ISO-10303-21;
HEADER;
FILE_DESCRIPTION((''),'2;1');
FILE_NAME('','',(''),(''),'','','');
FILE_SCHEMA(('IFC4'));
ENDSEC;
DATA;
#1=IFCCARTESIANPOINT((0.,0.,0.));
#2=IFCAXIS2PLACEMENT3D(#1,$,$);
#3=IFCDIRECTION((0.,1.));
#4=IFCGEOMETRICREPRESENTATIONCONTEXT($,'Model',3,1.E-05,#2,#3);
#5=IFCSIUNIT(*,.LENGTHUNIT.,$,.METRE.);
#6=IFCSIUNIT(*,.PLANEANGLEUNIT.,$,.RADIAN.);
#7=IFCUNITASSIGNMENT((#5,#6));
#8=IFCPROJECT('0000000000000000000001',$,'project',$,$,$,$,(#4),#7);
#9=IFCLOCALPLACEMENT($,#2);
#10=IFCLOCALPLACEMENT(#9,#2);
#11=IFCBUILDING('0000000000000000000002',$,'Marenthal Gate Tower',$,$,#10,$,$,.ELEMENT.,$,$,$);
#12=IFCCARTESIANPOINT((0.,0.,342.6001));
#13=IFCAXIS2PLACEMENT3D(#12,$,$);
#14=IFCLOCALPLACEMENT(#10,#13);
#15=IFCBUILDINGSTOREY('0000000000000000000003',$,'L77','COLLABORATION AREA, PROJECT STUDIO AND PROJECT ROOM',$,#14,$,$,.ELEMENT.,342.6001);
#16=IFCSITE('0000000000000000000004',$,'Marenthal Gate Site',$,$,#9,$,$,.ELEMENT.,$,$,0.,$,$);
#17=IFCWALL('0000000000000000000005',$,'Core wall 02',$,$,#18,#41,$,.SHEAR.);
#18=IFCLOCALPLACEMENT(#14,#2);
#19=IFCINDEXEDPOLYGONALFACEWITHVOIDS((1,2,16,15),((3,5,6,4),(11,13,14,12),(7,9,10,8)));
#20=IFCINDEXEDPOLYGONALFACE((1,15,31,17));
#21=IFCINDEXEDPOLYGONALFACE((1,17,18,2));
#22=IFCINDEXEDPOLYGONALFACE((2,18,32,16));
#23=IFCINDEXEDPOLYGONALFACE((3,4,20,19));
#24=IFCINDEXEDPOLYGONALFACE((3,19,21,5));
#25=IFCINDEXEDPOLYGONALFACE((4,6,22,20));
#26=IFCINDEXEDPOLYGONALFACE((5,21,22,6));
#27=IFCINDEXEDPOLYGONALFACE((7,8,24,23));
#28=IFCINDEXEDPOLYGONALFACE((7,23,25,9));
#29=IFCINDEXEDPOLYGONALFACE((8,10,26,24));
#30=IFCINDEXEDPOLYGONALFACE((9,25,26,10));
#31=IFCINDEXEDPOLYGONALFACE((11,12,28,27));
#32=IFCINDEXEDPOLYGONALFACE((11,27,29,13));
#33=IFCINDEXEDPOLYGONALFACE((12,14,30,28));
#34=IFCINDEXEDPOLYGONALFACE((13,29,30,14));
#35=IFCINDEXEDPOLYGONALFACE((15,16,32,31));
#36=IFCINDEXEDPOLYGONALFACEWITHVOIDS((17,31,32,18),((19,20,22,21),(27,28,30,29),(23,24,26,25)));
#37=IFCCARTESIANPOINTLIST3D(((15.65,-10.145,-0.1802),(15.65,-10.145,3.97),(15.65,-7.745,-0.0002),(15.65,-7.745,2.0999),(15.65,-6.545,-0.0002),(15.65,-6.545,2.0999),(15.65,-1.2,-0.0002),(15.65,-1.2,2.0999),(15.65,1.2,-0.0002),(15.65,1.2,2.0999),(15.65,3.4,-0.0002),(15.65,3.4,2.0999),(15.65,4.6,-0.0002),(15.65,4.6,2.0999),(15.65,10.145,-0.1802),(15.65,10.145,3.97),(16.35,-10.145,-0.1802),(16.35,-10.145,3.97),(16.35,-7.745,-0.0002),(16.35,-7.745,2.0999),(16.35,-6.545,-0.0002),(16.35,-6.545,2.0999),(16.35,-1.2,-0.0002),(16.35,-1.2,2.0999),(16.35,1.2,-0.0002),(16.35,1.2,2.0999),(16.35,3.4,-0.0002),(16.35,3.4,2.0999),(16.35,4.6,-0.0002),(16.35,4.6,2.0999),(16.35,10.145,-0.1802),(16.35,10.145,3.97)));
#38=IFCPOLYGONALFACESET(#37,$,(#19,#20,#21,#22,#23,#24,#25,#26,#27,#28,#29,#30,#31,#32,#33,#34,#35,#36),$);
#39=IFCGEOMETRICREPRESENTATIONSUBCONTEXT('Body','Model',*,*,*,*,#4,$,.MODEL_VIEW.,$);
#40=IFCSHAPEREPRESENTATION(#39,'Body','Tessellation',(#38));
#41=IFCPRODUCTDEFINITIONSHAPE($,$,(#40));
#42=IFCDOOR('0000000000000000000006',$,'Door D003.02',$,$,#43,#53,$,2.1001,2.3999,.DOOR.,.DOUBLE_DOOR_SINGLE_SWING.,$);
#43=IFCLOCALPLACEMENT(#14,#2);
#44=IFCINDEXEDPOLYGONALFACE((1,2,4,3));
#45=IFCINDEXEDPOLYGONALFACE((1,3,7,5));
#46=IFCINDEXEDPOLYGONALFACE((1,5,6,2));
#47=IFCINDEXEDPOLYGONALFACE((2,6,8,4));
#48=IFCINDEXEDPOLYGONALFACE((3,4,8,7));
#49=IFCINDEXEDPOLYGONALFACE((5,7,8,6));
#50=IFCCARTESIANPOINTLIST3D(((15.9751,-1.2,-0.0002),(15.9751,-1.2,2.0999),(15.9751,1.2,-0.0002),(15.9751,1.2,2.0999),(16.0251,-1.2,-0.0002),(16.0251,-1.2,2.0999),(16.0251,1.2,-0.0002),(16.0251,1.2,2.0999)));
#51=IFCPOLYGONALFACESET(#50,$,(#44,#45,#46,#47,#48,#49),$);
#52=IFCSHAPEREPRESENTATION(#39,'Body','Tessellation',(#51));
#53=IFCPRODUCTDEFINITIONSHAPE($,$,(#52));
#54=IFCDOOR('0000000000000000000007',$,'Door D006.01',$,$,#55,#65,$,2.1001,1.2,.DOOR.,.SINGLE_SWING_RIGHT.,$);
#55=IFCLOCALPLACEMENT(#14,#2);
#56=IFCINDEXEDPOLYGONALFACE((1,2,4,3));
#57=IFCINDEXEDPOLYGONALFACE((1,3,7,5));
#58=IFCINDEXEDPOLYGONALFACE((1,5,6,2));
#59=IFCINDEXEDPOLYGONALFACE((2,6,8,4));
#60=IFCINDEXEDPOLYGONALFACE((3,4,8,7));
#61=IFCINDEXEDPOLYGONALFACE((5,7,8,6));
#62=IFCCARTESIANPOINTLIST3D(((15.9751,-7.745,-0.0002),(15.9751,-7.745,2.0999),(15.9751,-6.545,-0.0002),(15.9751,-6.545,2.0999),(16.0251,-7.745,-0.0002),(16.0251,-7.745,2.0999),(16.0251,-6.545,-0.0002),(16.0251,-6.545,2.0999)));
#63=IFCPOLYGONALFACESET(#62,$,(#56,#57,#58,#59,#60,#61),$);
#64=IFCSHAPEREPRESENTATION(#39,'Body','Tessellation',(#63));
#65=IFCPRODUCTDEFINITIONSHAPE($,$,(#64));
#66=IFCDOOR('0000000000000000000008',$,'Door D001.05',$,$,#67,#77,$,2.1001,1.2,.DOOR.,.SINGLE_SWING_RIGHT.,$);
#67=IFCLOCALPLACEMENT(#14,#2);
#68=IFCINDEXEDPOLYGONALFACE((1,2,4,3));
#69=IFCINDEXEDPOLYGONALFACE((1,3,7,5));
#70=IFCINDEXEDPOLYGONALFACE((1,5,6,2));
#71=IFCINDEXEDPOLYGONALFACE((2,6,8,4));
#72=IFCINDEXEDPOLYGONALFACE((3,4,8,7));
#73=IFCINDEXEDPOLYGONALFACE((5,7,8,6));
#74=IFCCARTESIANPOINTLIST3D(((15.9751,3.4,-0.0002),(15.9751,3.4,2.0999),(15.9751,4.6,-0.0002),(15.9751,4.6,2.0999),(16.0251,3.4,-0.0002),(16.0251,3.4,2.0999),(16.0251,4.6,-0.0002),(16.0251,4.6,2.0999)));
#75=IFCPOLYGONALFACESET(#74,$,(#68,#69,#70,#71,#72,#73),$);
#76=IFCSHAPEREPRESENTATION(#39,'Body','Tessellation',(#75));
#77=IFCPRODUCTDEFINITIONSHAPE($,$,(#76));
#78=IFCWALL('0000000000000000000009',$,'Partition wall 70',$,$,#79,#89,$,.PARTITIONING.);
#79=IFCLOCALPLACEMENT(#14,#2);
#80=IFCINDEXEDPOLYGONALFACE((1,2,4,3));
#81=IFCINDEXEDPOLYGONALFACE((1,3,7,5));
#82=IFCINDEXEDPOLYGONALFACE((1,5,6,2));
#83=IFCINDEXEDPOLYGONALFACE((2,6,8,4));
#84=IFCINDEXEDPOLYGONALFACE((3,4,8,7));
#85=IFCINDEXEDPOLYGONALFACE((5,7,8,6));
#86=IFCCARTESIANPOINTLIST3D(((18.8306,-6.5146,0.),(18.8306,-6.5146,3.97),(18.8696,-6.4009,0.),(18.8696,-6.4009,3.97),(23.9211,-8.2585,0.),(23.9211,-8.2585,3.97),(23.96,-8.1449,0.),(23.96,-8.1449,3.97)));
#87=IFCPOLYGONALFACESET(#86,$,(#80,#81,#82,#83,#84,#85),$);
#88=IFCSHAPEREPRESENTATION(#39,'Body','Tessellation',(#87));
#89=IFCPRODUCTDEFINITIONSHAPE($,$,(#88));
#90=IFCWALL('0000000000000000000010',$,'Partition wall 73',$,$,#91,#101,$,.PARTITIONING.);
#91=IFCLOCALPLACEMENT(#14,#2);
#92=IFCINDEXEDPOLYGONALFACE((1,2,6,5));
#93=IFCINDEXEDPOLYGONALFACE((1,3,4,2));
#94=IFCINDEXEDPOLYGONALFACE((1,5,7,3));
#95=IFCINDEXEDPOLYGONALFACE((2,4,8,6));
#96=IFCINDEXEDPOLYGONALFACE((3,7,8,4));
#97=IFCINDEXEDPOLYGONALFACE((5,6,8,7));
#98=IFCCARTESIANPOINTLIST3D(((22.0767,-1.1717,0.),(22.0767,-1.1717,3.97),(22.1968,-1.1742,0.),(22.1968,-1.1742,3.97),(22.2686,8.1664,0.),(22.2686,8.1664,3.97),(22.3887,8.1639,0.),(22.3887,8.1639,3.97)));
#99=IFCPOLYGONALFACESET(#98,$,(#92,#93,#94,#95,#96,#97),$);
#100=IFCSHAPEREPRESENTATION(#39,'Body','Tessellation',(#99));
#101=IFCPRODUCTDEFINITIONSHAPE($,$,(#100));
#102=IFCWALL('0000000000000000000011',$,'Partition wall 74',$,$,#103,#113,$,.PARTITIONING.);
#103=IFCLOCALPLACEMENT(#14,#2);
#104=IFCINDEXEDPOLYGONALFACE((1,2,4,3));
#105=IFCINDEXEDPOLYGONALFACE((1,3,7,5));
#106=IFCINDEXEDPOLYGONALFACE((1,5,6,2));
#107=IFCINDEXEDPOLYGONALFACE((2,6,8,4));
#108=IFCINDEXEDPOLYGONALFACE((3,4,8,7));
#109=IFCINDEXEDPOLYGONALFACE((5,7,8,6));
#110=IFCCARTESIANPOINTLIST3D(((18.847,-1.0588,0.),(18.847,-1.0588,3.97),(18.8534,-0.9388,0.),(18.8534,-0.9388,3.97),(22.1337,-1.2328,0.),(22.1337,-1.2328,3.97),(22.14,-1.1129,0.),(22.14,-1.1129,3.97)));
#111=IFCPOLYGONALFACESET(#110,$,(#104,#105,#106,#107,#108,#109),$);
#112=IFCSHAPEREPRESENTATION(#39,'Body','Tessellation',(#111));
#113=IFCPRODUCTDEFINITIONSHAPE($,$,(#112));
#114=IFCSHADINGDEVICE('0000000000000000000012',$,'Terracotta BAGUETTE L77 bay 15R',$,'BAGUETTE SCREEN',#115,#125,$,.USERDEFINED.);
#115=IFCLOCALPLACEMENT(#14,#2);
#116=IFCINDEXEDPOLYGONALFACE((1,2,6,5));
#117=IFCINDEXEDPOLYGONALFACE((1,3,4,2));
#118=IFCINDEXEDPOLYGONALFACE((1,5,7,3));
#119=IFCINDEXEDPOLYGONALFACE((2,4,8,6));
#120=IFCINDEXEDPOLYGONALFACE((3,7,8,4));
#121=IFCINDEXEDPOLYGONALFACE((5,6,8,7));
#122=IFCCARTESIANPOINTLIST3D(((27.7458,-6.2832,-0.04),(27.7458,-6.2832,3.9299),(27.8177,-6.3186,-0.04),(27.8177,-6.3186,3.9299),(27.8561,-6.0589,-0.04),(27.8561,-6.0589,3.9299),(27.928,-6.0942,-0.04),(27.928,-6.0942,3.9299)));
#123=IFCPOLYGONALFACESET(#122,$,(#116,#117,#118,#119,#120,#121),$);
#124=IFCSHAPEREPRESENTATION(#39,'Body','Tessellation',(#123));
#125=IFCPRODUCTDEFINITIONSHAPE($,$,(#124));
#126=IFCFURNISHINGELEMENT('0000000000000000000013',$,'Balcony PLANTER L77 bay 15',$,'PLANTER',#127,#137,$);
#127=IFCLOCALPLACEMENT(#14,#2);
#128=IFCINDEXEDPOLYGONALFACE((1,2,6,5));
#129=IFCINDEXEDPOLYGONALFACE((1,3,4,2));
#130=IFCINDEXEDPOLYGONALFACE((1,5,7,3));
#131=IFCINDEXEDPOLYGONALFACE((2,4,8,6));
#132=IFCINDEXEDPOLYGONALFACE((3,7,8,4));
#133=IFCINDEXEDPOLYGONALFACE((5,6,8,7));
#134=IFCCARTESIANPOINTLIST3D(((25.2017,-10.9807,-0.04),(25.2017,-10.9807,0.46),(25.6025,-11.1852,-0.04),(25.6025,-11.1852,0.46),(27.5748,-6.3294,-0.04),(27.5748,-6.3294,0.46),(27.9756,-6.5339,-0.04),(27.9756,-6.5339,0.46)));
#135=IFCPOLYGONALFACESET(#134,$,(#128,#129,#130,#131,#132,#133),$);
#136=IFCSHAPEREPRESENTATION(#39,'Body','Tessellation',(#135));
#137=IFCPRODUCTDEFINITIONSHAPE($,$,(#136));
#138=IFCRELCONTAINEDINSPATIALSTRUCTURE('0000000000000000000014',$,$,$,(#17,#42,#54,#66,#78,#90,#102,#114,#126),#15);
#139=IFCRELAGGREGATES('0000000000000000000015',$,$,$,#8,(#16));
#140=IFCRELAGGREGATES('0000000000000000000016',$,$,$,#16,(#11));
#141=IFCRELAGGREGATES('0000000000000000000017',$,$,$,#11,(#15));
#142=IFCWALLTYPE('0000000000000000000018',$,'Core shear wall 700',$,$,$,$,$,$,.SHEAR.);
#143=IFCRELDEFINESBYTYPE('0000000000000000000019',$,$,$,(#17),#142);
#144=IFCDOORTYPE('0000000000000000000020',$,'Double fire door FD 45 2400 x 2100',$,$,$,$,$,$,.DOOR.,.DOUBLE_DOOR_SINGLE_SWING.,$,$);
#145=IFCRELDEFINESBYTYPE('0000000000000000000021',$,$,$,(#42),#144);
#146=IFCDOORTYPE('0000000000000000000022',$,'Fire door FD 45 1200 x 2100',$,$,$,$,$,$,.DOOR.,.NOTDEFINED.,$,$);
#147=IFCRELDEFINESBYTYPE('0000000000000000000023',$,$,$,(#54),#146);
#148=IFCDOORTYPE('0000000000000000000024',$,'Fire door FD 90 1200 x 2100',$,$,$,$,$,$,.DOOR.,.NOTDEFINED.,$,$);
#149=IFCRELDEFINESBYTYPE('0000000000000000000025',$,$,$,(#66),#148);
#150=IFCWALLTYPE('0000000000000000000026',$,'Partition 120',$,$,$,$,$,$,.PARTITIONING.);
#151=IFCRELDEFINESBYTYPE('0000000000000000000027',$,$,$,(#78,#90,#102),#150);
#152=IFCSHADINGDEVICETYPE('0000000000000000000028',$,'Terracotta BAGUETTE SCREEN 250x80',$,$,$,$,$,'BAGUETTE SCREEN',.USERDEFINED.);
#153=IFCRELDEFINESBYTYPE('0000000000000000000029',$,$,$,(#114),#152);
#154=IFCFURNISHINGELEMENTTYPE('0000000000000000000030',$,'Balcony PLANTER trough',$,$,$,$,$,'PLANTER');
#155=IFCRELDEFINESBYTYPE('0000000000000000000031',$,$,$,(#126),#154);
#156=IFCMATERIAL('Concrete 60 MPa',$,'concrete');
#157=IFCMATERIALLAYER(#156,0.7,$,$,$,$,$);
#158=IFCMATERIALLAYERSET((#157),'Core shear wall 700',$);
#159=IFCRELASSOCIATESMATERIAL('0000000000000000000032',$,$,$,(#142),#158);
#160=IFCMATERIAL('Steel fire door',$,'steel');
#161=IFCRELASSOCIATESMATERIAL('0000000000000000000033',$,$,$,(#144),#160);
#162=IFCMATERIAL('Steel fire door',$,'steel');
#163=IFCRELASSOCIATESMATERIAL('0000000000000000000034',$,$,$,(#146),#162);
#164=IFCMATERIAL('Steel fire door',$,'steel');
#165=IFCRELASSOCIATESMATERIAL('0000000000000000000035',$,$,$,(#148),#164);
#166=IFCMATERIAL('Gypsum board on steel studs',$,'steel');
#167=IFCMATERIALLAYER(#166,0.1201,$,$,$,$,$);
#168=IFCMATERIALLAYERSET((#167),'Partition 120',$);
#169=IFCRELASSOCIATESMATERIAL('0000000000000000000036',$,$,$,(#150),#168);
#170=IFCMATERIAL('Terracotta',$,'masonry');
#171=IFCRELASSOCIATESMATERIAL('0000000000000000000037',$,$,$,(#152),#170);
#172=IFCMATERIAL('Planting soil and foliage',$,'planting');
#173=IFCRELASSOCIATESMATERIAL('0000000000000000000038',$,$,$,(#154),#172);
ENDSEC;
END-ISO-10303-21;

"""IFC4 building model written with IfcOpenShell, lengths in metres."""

from ifc_helpers import new_model, si_unit, direction, frame, frame_2d, origin, origin_2d, place, context, subcontext, project, spatial, rectangle, extrude, material, layer, layer_set, material_profile, profile_set, type_object, element, fill, save


model = new_model("IFC4")

# Units and contexts
model_context = context("Model", 3, precision=1e-05, world=origin(), true_north=direction((0.0, 1.0)))
body_context = subcontext(model_context, "Body", "Model", "MODEL_VIEW")
ifc_project = project(units=[si_unit("LENGTHUNIT", "METRE"), si_unit("PLANEANGLEUNIT", "RADIAN")], contexts=[model_context])

# Site, building, storey
site_placement = place(None, origin())
site = spatial("IfcSite", under=ifc_project, at=site_placement, Name="Marenthal Gate Site", CompositionType="ELEMENT", RefElevation=0.0)
building_placement = place(site_placement, origin())
building = spatial("IfcBuilding", under=site, at=building_placement, Name="Marenthal Gate Tower", CompositionType="ELEMENT")
storey_placement = place(building_placement, frame((0.0, 0.0, 342.6001)))
storey = spatial("IfcBuildingStorey", under=building, at=storey_placement, Name="L77", Description="COLLABORATION AREA, PROJECT STUDIO AND PROJECT ROOM", CompositionType="ELEMENT", Elevation=342.6001)

# Wall, openings, doors
ifc_material_1 = material(Name="Concrete 60 MPa", Category="concrete")
ifc_layer_1 = layer(ifc_material_1, 0.7)
ifc_layer_set_1 = layer_set([ifc_layer_1], Name="Core shear wall 700")
wall_type_1 = type_object("IfcWallType", Name="Core shear wall 700", PredefinedType="SHEAR", material=ifc_layer_set_1)
wall_1_placement = place(storey_placement, frame((16.0, -10.145, -0.1802), z_axis=(0.0, 0.0, 1.0), x_axis=(0.0, 1.0, 0.0)))
wall_1 = element("IfcWall", 1, at=wall_1_placement, inside=storey, type_object=wall_type_1, Name="Core wall 02", PredefinedType="SHEAR", context=body_context, shape_type="SweptSolid", body=[
    extrude(rectangle(XDim=20.29, YDim=0.7, at=frame_2d((10.145, 0.0))), origin(), (0.0, 0.0, 1.0), 4.1501),
])
opening_1_placement = place(wall_1_placement, frame((8.9451, 0.0, 0.1799)))
opening_1 = element("IfcOpeningElement", 2, at=opening_1_placement, cuts=wall_1, PredefinedType="OPENING", context=body_context, shape_type="SweptSolid", body=[
    extrude(rectangle(XDim=2.3999, YDim=2.1001, at=frame_2d((1.2, 1.05))), frame((0.0, 0.3599, 0.0), z_axis=(0.0, -1.0, 0.0), x_axis=(1.0, 0.0, 0.0)), (0.0, 0.0, 1.0), 0.72),
])
opening_2_placement = place(wall_1_placement, frame((13.5449, 0.0, 0.1799)))
opening_2 = element("IfcOpeningElement", 3, at=opening_2_placement, cuts=wall_1, PredefinedType="OPENING", context=body_context, shape_type="SweptSolid", body=[
    extrude(rectangle(XDim=1.2, YDim=2.1001, at=frame_2d((0.6001, 1.05))), frame((0.0, 0.3599, 0.0), z_axis=(0.0, -1.0, 0.0), x_axis=(1.0, 0.0, 0.0)), (0.0, 0.0, 1.0), 0.72),
])
opening_3_placement = place(wall_1_placement, frame((2.3999, 0.0, 0.1799)))
opening_3 = element("IfcOpeningElement", 4, at=opening_3_placement, cuts=wall_1, PredefinedType="OPENING", context=body_context, shape_type="SweptSolid", body=[
    extrude(rectangle(XDim=1.2, YDim=2.1001, at=frame_2d((0.6001, 1.05))), frame((0.0, 0.3599, 0.0), z_axis=(0.0, -1.0, 0.0), x_axis=(1.0, 0.0, 0.0)), (0.0, 0.0, 1.0), 0.72),
])
ifc_material_2 = material(Name="Steel fire door", Category="steel")
door_type_1 = type_object("IfcDoorType", Name="Double fire door FD 45 2400 x 2100", OperationType="DOUBLE_DOOR_SINGLE_SWING", PredefinedType="DOOR", material=ifc_material_2)
door_1_placement = place(opening_1_placement, origin())
door_1 = element("IfcDoor", 5, at=door_1_placement, inside=storey, type_object=door_type_1, Name="Door D003.02", OperationType="DOUBLE_DOOR_SINGLE_SWING", OverallHeight=2.1001, OverallWidth=2.3999, PredefinedType="DOOR", context=body_context, shape_type="SweptSolid", body=[
    extrude(rectangle(XDim=2.3999, YDim=2.1001, at=frame_2d((1.2, 1.05))), frame((0.0, 0.0249, 0.0), z_axis=(0.0, -1.0, 0.0), x_axis=(1.0, 0.0, 0.0)), (0.0, 0.0, 1.0), 0.05),
])
fill(opening_1, door_1)
ifc_material_3 = material(Name="Steel fire door", Category="steel")
door_type_2 = type_object("IfcDoorType", Name="Fire door FD 45 1200 x 2100", OperationType="NOTDEFINED", PredefinedType="DOOR", material=ifc_material_3)
door_2_placement = place(opening_3_placement, origin())
door_2 = element("IfcDoor", 6, at=door_2_placement, inside=storey, type_object=door_type_2, Name="Door D006.01", OperationType="SINGLE_SWING_RIGHT", OverallHeight=2.1001, OverallWidth=1.2, PredefinedType="DOOR", context=body_context, shape_type="SweptSolid", body=[
    extrude(rectangle(XDim=1.2, YDim=2.1001, at=frame_2d((0.6001, 1.05))), frame((0.0, 0.0249, 0.0), z_axis=(0.0, -1.0, 0.0), x_axis=(1.0, 0.0, 0.0)), (0.0, 0.0, 1.0), 0.05),
])
fill(opening_3, door_2)
ifc_material_4 = material(Name="Steel fire door", Category="steel")
door_type_3 = type_object("IfcDoorType", Name="Fire door FD 90 1200 x 2100", OperationType="NOTDEFINED", PredefinedType="DOOR", material=ifc_material_4)
door_3_placement = place(opening_2_placement, origin())
door_3 = element("IfcDoor", 7, at=door_3_placement, inside=storey, type_object=door_type_3, Name="Door D001.05", OperationType="SINGLE_SWING_RIGHT", OverallHeight=2.1001, OverallWidth=1.2, PredefinedType="DOOR", context=body_context, shape_type="SweptSolid", body=[
    extrude(rectangle(XDim=1.2, YDim=2.1001, at=frame_2d((0.6001, 1.05))), frame((0.0, 0.0249, 0.0), z_axis=(0.0, -1.0, 0.0), x_axis=(1.0, 0.0, 0.0)), (0.0, 0.0, 1.0), 0.05),
])
fill(opening_2, door_3)

# Walls
ifc_material_5 = material(Name="Gypsum board on steel studs", Category="steel")
ifc_layer_2 = layer(ifc_material_5, 0.1201)
ifc_layer_set_2 = layer_set([ifc_layer_2], Name="Partition 120")
wall_type_2 = type_object("IfcWallType", Name="Partition 120", PredefinedType="PARTITIONING", material=ifc_layer_set_2)
wall_2_placement = place(storey_placement, frame((18.8501, -6.4578, 0.0), z_axis=(0.0, 0.0, 1.0), x_axis=(0.946023, -0.324098, 0.0)))
element("IfcWall", 8, at=wall_2_placement, inside=storey, type_object=wall_type_2, Name="Partition wall 70", PredefinedType="PARTITIONING", context=body_context, shape_type="SweptSolid", body=[
    extrude(rectangle(XDim=5.3809, YDim=0.1201, at=frame_2d((2.6904, 0.0))), origin(), (0.0, 0.0, 1.0), 3.97),
])
wall_3_placement = place(storey_placement, frame((22.1367, -1.1729, 0.0), z_axis=(0.0, 0.0, 1.0), x_axis=(0.020545, 0.999789, 0.0)))
element("IfcWall", 9, at=wall_3_placement, inside=storey, type_object=wall_type_2, Name="Partition wall 73", PredefinedType="PARTITIONING", context=body_context, shape_type="SweptSolid", body=[
    extrude(rectangle(XDim=9.3401, YDim=0.1201, at=frame_2d((4.6699, 0.0))), origin(), (0.0, 0.0, 1.0), 3.97),
])
wall_4_placement = place(storey_placement, frame((22.1367, -1.1729, 0.0), z_axis=(0.0, 0.0, 1.0), x_axis=(-0.9986, 0.05289, 0.0)))
element("IfcWall", 10, at=wall_4_placement, inside=storey, type_object=wall_type_2, Name="Partition wall 74", PredefinedType="PARTITIONING", context=body_context, shape_type="SweptSolid", body=[
    extrude(rectangle(XDim=3.2913, YDim=0.1201, at=frame_2d((1.6455, 0.0))), origin(), (0.0, 0.0, 1.0), 3.97),
])

# Shading device
ifc_material_6 = material(Name="Terracotta", Category="masonry")
ifc_material_profile_1 = material_profile(ifc_material_6, rectangle(XDim=0.25, YDim=0.0801, at=origin_2d()), Name="Terracotta baguette 250x80")
ifc_profile_set_1 = profile_set([ifc_material_profile_1], Name="Terracotta")
shading_device_type = type_object("IfcShadingDeviceType", Name="Terracotta BAGUETTE SCREEN 250x80", ElementType="BAGUETTE SCREEN", PredefinedType="USERDEFINED", material=ifc_profile_set_1)
shading_device_placement = place(storey_placement, frame((27.8369, -6.1887, -0.04), z_axis=(0.0, 0.0, 1.0), x_axis=(0.441298, 0.897361, 0.0)))
element("IfcShadingDevice", 11, at=shading_device_placement, inside=storey, type_object=shading_device_type, Name="Terracotta BAGUETTE L77 bay 15R", ObjectType="BAGUETTE SCREEN", PredefinedType="USERDEFINED", context=body_context, shape_type="SweptSolid", body=[
    extrude(rectangle(XDim=0.25, YDim=0.0801, at=origin_2d()), origin(), (0.0, 0.0, 1.0), 3.97),
])

# Furnishing element
ifc_material_7 = material(Name="Planting soil and foliage", Category="planting")
furnishing_element_type = type_object("IfcFurnishingElementType", Name="Balcony PLANTER trough", ElementType="PLANTER", material=ifc_material_7)
furnishing_placement = place(storey_placement, frame((26.5886, -8.7573, -0.04), z_axis=(0.0, 0.0, 1.0), x_axis=(0.454476, 0.890759, 0.0)))
element("IfcFurnishingElement", 12, at=furnishing_placement, inside=storey, type_object=furnishing_element_type, Name="Balcony PLANTER L77 bay 15", ObjectType="PLANTER", context=body_context, shape_type="SweptSolid", body=[
    extrude(rectangle(XDim=5.2217, YDim=0.45, at=origin_2d()), origin(), (0.0, 0.0, 1.0), 0.5),
])

save(model, "model.ifc")
